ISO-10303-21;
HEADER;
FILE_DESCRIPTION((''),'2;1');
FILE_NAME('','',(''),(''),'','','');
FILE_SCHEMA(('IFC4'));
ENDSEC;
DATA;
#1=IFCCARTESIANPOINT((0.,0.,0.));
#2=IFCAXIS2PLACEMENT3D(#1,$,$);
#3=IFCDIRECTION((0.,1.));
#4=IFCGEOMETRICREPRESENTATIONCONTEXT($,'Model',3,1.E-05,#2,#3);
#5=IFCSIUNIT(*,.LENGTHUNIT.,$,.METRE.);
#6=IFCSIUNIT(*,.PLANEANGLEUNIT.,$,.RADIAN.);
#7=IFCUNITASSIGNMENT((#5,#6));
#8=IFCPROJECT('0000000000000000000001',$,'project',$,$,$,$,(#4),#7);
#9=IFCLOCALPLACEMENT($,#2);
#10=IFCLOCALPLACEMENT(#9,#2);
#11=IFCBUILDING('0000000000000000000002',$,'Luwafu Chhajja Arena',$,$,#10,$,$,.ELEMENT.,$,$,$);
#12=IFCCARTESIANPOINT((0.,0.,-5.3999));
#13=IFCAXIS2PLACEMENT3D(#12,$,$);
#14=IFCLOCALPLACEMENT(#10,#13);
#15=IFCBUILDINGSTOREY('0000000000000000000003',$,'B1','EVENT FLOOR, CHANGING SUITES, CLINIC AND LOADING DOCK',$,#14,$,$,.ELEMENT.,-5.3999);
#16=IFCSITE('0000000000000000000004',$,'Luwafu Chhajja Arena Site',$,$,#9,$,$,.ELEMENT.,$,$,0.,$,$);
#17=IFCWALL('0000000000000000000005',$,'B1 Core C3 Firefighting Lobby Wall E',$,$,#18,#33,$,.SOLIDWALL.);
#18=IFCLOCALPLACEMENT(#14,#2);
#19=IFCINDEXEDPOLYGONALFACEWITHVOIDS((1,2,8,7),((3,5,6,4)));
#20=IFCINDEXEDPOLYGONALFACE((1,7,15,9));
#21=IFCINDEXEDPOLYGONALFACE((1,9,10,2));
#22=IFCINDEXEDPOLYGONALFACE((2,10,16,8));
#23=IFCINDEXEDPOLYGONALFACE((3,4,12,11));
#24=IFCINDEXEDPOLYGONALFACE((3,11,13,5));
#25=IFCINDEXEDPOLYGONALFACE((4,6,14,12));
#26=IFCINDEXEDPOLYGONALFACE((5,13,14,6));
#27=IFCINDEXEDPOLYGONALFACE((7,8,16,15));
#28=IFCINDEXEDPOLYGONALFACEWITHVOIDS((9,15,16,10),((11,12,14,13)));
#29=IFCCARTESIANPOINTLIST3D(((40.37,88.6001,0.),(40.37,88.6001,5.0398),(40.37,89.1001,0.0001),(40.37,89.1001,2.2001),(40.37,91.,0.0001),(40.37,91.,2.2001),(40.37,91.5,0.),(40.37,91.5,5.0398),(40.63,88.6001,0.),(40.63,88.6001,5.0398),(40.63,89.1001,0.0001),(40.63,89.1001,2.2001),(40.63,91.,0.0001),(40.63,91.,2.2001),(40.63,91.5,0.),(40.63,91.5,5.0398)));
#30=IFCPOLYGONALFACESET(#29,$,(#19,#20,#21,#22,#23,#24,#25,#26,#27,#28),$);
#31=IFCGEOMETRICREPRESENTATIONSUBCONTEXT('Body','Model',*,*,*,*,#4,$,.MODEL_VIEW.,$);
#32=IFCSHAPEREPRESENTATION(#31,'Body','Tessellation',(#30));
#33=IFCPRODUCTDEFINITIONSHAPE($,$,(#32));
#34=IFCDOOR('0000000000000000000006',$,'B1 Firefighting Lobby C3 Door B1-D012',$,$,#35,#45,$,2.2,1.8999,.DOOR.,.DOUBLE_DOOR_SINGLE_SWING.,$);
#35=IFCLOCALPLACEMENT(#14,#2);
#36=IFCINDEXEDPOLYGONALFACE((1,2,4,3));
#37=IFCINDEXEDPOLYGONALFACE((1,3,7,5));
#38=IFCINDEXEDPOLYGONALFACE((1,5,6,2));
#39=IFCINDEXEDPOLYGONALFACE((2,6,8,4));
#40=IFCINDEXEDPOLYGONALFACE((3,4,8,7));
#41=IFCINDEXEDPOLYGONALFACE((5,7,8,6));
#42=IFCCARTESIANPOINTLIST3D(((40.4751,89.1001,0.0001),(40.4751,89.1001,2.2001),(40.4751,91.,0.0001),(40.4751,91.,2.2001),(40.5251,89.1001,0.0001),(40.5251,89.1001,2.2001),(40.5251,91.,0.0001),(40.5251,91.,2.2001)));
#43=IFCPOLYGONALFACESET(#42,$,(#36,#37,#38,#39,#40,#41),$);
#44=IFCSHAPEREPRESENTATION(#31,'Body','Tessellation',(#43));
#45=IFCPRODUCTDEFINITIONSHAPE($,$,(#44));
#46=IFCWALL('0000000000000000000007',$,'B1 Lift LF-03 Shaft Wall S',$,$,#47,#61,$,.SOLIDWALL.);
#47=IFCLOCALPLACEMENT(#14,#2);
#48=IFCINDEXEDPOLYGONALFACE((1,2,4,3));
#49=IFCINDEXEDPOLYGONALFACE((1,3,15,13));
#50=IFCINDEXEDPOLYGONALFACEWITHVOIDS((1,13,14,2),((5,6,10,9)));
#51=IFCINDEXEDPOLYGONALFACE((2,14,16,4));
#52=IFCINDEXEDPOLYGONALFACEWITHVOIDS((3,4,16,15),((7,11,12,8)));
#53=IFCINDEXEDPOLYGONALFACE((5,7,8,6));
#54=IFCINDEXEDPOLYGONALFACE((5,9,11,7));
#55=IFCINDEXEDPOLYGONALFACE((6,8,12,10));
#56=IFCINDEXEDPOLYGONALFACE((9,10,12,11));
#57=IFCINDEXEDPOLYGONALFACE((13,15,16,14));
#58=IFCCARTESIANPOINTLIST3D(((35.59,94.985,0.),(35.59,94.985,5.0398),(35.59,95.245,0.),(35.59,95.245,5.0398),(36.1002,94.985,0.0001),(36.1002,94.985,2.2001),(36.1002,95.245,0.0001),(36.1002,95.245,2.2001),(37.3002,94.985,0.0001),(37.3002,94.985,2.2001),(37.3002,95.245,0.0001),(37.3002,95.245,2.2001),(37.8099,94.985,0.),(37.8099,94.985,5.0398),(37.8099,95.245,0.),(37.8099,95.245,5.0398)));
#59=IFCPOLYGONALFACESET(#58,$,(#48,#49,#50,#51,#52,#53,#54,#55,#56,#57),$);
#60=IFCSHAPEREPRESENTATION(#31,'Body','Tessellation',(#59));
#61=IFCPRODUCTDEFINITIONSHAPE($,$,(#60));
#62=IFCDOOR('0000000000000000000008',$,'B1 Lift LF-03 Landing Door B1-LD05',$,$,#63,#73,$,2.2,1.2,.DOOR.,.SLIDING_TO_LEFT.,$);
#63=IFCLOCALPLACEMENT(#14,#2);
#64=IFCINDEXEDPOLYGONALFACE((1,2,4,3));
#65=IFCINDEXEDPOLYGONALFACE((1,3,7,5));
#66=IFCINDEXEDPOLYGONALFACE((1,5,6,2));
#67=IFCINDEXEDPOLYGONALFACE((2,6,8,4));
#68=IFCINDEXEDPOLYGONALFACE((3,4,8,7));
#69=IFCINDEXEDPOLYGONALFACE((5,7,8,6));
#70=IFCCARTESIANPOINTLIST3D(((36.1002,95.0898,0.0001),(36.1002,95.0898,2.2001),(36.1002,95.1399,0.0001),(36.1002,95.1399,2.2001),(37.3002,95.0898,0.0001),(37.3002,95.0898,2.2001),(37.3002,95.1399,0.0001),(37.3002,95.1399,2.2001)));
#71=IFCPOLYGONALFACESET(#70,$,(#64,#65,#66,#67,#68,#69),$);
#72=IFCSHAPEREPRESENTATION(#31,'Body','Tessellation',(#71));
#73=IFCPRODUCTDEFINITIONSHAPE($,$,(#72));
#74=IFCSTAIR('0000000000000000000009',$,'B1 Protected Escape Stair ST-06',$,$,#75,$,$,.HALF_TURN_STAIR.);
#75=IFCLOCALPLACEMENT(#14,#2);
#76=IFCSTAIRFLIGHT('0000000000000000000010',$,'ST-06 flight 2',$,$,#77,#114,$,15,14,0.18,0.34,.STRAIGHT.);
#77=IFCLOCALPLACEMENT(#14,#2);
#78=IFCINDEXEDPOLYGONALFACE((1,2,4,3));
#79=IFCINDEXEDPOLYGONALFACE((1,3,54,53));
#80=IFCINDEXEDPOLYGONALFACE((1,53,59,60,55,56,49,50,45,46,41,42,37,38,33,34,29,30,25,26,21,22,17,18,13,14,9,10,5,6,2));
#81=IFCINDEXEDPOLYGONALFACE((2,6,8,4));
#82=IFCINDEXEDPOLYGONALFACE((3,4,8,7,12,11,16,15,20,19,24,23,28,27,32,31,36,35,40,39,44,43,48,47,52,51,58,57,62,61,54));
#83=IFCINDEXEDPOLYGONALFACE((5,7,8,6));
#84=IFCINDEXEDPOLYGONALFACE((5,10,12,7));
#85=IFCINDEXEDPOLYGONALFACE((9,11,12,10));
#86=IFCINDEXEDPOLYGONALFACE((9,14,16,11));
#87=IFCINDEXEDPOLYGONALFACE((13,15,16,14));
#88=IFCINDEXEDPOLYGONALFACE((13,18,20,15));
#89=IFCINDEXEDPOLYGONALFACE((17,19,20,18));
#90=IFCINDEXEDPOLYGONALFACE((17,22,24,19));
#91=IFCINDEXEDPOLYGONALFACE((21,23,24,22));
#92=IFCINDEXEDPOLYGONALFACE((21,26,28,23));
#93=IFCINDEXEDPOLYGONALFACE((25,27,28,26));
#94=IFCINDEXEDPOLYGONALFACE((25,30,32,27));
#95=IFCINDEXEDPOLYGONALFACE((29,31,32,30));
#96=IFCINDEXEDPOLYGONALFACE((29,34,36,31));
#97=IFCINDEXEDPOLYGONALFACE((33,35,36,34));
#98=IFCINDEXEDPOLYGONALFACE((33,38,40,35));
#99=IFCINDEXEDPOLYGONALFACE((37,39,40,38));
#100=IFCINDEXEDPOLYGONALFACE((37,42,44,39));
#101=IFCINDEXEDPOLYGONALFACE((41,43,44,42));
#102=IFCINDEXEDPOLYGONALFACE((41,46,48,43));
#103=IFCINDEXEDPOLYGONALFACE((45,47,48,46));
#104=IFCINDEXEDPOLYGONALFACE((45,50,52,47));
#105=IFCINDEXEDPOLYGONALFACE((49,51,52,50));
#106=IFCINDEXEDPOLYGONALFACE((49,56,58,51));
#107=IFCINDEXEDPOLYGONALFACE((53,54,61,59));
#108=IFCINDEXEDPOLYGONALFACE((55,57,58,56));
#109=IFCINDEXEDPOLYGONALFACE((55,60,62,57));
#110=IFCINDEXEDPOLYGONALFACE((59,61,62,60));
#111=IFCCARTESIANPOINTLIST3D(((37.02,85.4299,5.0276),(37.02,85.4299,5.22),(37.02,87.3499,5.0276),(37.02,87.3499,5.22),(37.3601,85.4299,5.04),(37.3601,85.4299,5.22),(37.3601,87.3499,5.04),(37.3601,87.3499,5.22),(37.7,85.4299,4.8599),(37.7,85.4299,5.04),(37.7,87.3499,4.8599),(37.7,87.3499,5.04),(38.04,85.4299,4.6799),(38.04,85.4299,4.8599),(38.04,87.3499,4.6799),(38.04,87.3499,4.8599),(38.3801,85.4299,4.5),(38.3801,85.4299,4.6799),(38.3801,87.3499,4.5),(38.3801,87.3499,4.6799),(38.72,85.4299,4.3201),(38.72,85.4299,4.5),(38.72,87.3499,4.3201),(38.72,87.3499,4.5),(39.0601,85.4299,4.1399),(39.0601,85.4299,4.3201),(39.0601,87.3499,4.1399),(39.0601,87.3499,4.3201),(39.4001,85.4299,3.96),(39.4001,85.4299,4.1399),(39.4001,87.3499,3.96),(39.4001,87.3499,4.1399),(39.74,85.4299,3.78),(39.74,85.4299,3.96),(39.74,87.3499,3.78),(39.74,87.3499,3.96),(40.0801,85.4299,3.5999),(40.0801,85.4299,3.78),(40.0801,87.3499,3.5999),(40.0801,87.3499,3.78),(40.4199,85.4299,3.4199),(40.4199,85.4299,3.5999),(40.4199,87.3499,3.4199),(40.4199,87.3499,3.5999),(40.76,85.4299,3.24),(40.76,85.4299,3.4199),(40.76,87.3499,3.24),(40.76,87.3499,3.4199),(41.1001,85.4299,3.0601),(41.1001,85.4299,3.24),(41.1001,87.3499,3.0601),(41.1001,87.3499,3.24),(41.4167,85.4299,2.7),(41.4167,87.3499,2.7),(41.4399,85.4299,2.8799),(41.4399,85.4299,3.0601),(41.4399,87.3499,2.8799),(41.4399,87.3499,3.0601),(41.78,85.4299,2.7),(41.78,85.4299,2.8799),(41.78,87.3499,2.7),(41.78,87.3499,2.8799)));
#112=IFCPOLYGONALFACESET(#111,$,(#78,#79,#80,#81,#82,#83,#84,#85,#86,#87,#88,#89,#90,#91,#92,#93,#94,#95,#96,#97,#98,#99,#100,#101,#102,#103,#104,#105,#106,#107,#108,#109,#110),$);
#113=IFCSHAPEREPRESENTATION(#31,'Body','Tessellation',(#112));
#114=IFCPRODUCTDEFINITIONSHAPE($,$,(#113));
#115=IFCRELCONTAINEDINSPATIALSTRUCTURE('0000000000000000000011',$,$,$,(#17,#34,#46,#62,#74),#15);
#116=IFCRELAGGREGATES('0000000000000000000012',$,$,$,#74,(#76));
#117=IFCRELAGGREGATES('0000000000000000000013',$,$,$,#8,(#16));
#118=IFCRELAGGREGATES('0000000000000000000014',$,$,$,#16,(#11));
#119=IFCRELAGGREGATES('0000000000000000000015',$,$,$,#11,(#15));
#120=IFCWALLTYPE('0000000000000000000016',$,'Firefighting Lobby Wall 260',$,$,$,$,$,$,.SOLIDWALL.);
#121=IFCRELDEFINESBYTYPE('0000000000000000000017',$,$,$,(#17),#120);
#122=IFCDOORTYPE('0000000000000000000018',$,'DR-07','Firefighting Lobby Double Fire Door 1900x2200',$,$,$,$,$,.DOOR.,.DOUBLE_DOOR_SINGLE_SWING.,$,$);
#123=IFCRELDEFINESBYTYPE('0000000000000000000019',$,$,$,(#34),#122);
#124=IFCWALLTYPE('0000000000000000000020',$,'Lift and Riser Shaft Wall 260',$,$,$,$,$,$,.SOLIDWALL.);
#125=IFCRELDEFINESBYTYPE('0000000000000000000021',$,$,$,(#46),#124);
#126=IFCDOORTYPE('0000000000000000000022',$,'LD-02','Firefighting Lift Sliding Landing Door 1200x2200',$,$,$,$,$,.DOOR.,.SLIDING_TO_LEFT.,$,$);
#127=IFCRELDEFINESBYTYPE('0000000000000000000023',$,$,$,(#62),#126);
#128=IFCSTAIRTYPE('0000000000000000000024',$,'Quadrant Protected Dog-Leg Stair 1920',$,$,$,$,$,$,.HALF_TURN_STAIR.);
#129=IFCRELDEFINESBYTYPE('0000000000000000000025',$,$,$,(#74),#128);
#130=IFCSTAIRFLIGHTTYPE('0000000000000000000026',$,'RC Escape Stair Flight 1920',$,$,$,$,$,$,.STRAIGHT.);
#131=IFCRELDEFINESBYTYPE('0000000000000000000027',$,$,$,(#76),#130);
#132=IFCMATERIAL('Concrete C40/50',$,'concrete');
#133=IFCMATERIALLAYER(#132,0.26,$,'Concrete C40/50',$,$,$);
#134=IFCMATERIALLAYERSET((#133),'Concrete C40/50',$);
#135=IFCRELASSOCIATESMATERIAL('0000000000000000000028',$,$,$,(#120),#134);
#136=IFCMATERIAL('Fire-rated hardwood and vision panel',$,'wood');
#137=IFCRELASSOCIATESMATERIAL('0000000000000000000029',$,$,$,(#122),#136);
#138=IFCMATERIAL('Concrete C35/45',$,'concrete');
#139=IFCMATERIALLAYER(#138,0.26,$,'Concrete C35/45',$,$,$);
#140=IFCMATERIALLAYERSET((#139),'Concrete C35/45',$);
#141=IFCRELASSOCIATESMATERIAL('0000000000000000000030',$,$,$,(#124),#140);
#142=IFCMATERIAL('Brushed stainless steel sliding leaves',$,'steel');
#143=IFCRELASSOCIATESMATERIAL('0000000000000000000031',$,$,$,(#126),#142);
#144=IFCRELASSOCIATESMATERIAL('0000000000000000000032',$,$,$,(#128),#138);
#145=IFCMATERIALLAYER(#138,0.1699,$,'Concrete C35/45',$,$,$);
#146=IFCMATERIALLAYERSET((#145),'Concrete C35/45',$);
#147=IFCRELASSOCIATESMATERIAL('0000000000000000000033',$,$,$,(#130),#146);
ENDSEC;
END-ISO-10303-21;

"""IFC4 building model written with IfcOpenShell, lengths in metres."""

from ifc_helpers import new_model, si_unit, direction, frame, frame_2d, origin, place, context, subcontext, project, spatial, polyline, rectangle, outline, extrude, material, layer, layer_set, type_object, element, fill, aggregate, save


model = new_model("IFC4")

# Units and contexts
model_context = context("Model", 3, precision=1e-05, world=origin(), true_north=direction((0.0, 1.0)))
body_context = subcontext(model_context, "Body", "Model", "MODEL_VIEW")
ifc_project = project(units=[si_unit("LENGTHUNIT", "METRE"), si_unit("PLANEANGLEUNIT", "RADIAN")], contexts=[model_context])

# Site, building, storey
site_placement = place(None, origin())
site = spatial("IfcSite", under=ifc_project, at=site_placement, Name="Luwafu Chhajja Arena Site", CompositionType="ELEMENT", RefElevation=0.0)
building_placement = place(site_placement, origin())
building = spatial("IfcBuilding", under=site, at=building_placement, Name="Luwafu Chhajja Arena", CompositionType="ELEMENT")
storey_placement = place(building_placement, frame((0.0, 0.0, -5.3999)))
storey = spatial("IfcBuildingStorey", under=building, at=storey_placement, Name="B1", Description="EVENT FLOOR, CHANGING SUITES, CLINIC AND LOADING DOCK", CompositionType="ELEMENT", Elevation=-5.3999)

# Shared definitions
ifc_material_1 = material(Name="Concrete C35/45", Category="concrete")

# Shared definitions
ifc_material_2 = material(Name="Concrete C40/50", Category="concrete")

# Shared definitions
ifc_layer_1 = layer(ifc_material_2, 0.26, Name="Concrete C40/50")
ifc_layer_set_1 = layer_set([ifc_layer_1], Name="Concrete C40/50")
wall_type_1 = type_object("IfcWallType", Name="Firefighting Lobby Wall 260", PredefinedType="SOLIDWALL", material=ifc_layer_set_1)
ifc_material_3 = material(Name="Fire-rated hardwood and vision panel", Category="wood")
door_type_1 = type_object("IfcDoorType", Name="DR-07", Description="Firefighting Lobby Double Fire Door 1900x2200", OperationType="DOUBLE_DOOR_SINGLE_SWING", PredefinedType="DOOR", material=ifc_material_3)

# Walls, openings, doors
wall_1_placement = place(storey_placement, frame((40.5, 88.6001, 0.0), z_axis=(0.0, 0.0, 1.0), x_axis=(0.0, 1.0, 0.0)))
wall_1 = element("IfcWall", 1, at=wall_1_placement, inside=storey, type_object=wall_type_1, Name="B1 Core C3 Firefighting Lobby Wall E", PredefinedType="SOLIDWALL", context=body_context, shape_type="SweptSolid", body=[
    extrude(rectangle(XDim=2.8999, YDim=0.26, at=frame_2d((1.45, 0.0))), origin(), (0.0, 0.0, 1.0), 5.0398),
])
opening_1_placement = place(wall_1_placement, frame((0.5, 0.0, 0.0)))
opening_1 = element("IfcOpeningElement", 2, at=opening_1_placement, cuts=wall_1, PredefinedType="OPENING", context=body_context, shape_type="SweptSolid", body=[
    extrude(rectangle(XDim=1.8999, YDim=2.2, at=frame_2d((0.95, 1.1001))), frame((0.0, 0.1399, 0.0), z_axis=(0.0, -1.0, 0.0), x_axis=(1.0, 0.0, 0.0)), (0.0, 0.0, 1.0), 0.28),
])
door_1_placement = place(opening_1_placement, origin())
door_1 = element("IfcDoor", 3, at=door_1_placement, inside=storey, type_object=door_type_1, Name="B1 Firefighting Lobby C3 Door B1-D012", OperationType="DOUBLE_DOOR_SINGLE_SWING", OverallHeight=2.2, OverallWidth=1.8999, PredefinedType="DOOR", context=body_context, shape_type="SweptSolid", body=[
    extrude(rectangle(XDim=1.8999, YDim=2.2, at=frame_2d((0.95, 1.1001))), frame((0.0, 0.0249, 0.0), z_axis=(0.0, -1.0, 0.0), x_axis=(1.0, 0.0, 0.0)), (0.0, 0.0, 1.0), 0.05),
])
fill(opening_1, door_1)
ifc_layer_2 = layer(ifc_material_1, 0.26, Name="Concrete C35/45")
ifc_layer_set_2 = layer_set([ifc_layer_2], Name="Concrete C35/45")
wall_type_2 = type_object("IfcWallType", Name="Lift and Riser Shaft Wall 260", PredefinedType="SOLIDWALL", material=ifc_layer_set_2)
wall_2_placement = place(storey_placement, frame((35.5901, 95.115, 0.0), z_axis=(0.0, 0.0, 1.0), x_axis=(1.0, 0.0, 0.0)))
wall_2 = element("IfcWall", 4, at=wall_2_placement, inside=storey, type_object=wall_type_2, Name="B1 Lift LF-03 Shaft Wall S", PredefinedType="SOLIDWALL", context=body_context, shape_type="SweptSolid", body=[
    extrude(rectangle(XDim=2.22, YDim=0.26, at=frame_2d((1.1099, 0.0))), origin(), (0.0, 0.0, 1.0), 5.0398),
])
opening_2_placement = place(wall_2_placement, frame((0.51, 0.0, 0.0)))
opening_2 = element("IfcOpeningElement", 5, at=opening_2_placement, cuts=wall_2, PredefinedType="OPENING", context=body_context, shape_type="SweptSolid", body=[
    extrude(rectangle(XDim=1.2, YDim=2.2, at=frame_2d((0.6001, 1.1001))), frame((0.0, 0.1399, 0.0), z_axis=(0.0, -1.0, 0.0), x_axis=(1.0, 0.0, 0.0)), (0.0, 0.0, 1.0), 0.28),
])
ifc_material_4 = material(Name="Brushed stainless steel sliding leaves", Category="steel")
door_type_2 = type_object("IfcDoorType", Name="LD-02", Description="Firefighting Lift Sliding Landing Door 1200x2200", OperationType="SLIDING_TO_LEFT", PredefinedType="DOOR", material=ifc_material_4)
door_2_placement = place(opening_2_placement, origin())
door_2 = element("IfcDoor", 6, at=door_2_placement, inside=storey, type_object=door_type_2, Name="B1 Lift LF-03 Landing Door B1-LD05", OperationType="SLIDING_TO_LEFT", OverallHeight=2.2, OverallWidth=1.2, PredefinedType="DOOR", context=body_context, shape_type="SweptSolid", body=[
    extrude(rectangle(XDim=1.2, YDim=2.2, at=frame_2d((0.6001, 1.1001))), frame((0.0, 0.0249, 0.0), z_axis=(0.0, -1.0, 0.0), x_axis=(1.0, 0.0, 0.0)), (0.0, 0.0, 1.0), 0.05),
])
fill(opening_2, door_2)

# Stair, stair flight
stair_type = type_object("IfcStairType", Name="Quadrant Protected Dog-Leg Stair 1920", PredefinedType="HALF_TURN_STAIR", material=ifc_material_1)
stair_placement = place(storey_placement, origin())
stair = element("IfcStair", 7, at=stair_placement, inside=storey, type_object=stair_type, Name="B1 Protected Escape Stair ST-06", PredefinedType="HALF_TURN_STAIR")
ifc_layer_3 = layer(ifc_material_1, 0.1699, Name="Concrete C35/45")
ifc_layer_set_3 = layer_set([ifc_layer_3], Name="Concrete C35/45")
stair_flight_type = type_object("IfcStairFlightType", Name="RC Escape Stair Flight 1920", PredefinedType="STRAIGHT", material=ifc_layer_set_3)
stair_flight_placement = place(storey_placement, frame((41.78, 86.3899, 2.7), z_axis=(0.0, 0.0, 1.0), x_axis=(-1.0, 0.0, 0.0)))
stair_flight = element("IfcStairFlight", 8, at=stair_flight_placement, type_object=stair_flight_type, Name="ST-06 flight 2", NumberOfRisers=15, NumberOfTreads=14, PredefinedType="STRAIGHT", RiserHeight=0.18, TreadLength=0.34, context=body_context, shape_type="SweptSolid", body=[
    extrude(outline(polyline([(0.0, 0.0), (0.0, 0.1799), (0.3401, 0.1799), (0.3401, 0.3601), (0.6799, 0.3601), (0.6799, 0.54), (1.02, 0.54), (1.02, 0.72), (1.3601, 0.72), (1.3601, 0.8999), (1.7, 0.8999), (1.7, 1.0801), (2.04, 1.0801), (2.04, 1.26), (2.3799, 1.26), (2.3799, 1.4399), (2.72, 1.4399), (2.72, 1.6201), (3.0601, 1.6201), (3.0601, 1.8), (3.3999, 1.8), (3.3999, 1.98), (3.74, 1.98), (3.74, 2.1599), (4.0801, 2.1599), (4.0801, 2.3401), (4.4199, 2.3401), (4.4199, 2.52), (4.76, 2.52), (4.76, 2.7), (4.76, 2.3276), (0.3633, 0.0), (0.0, 0.0)])), frame((0.0, 0.96, 0.0), z_axis=(0.0, -1.0, 0.0), x_axis=(1.0, 0.0, 0.0)), (0.0, 0.0, 1.0), 1.9199),
])
aggregate(stair, [stair_flight])

save(model, "model.ifc")
